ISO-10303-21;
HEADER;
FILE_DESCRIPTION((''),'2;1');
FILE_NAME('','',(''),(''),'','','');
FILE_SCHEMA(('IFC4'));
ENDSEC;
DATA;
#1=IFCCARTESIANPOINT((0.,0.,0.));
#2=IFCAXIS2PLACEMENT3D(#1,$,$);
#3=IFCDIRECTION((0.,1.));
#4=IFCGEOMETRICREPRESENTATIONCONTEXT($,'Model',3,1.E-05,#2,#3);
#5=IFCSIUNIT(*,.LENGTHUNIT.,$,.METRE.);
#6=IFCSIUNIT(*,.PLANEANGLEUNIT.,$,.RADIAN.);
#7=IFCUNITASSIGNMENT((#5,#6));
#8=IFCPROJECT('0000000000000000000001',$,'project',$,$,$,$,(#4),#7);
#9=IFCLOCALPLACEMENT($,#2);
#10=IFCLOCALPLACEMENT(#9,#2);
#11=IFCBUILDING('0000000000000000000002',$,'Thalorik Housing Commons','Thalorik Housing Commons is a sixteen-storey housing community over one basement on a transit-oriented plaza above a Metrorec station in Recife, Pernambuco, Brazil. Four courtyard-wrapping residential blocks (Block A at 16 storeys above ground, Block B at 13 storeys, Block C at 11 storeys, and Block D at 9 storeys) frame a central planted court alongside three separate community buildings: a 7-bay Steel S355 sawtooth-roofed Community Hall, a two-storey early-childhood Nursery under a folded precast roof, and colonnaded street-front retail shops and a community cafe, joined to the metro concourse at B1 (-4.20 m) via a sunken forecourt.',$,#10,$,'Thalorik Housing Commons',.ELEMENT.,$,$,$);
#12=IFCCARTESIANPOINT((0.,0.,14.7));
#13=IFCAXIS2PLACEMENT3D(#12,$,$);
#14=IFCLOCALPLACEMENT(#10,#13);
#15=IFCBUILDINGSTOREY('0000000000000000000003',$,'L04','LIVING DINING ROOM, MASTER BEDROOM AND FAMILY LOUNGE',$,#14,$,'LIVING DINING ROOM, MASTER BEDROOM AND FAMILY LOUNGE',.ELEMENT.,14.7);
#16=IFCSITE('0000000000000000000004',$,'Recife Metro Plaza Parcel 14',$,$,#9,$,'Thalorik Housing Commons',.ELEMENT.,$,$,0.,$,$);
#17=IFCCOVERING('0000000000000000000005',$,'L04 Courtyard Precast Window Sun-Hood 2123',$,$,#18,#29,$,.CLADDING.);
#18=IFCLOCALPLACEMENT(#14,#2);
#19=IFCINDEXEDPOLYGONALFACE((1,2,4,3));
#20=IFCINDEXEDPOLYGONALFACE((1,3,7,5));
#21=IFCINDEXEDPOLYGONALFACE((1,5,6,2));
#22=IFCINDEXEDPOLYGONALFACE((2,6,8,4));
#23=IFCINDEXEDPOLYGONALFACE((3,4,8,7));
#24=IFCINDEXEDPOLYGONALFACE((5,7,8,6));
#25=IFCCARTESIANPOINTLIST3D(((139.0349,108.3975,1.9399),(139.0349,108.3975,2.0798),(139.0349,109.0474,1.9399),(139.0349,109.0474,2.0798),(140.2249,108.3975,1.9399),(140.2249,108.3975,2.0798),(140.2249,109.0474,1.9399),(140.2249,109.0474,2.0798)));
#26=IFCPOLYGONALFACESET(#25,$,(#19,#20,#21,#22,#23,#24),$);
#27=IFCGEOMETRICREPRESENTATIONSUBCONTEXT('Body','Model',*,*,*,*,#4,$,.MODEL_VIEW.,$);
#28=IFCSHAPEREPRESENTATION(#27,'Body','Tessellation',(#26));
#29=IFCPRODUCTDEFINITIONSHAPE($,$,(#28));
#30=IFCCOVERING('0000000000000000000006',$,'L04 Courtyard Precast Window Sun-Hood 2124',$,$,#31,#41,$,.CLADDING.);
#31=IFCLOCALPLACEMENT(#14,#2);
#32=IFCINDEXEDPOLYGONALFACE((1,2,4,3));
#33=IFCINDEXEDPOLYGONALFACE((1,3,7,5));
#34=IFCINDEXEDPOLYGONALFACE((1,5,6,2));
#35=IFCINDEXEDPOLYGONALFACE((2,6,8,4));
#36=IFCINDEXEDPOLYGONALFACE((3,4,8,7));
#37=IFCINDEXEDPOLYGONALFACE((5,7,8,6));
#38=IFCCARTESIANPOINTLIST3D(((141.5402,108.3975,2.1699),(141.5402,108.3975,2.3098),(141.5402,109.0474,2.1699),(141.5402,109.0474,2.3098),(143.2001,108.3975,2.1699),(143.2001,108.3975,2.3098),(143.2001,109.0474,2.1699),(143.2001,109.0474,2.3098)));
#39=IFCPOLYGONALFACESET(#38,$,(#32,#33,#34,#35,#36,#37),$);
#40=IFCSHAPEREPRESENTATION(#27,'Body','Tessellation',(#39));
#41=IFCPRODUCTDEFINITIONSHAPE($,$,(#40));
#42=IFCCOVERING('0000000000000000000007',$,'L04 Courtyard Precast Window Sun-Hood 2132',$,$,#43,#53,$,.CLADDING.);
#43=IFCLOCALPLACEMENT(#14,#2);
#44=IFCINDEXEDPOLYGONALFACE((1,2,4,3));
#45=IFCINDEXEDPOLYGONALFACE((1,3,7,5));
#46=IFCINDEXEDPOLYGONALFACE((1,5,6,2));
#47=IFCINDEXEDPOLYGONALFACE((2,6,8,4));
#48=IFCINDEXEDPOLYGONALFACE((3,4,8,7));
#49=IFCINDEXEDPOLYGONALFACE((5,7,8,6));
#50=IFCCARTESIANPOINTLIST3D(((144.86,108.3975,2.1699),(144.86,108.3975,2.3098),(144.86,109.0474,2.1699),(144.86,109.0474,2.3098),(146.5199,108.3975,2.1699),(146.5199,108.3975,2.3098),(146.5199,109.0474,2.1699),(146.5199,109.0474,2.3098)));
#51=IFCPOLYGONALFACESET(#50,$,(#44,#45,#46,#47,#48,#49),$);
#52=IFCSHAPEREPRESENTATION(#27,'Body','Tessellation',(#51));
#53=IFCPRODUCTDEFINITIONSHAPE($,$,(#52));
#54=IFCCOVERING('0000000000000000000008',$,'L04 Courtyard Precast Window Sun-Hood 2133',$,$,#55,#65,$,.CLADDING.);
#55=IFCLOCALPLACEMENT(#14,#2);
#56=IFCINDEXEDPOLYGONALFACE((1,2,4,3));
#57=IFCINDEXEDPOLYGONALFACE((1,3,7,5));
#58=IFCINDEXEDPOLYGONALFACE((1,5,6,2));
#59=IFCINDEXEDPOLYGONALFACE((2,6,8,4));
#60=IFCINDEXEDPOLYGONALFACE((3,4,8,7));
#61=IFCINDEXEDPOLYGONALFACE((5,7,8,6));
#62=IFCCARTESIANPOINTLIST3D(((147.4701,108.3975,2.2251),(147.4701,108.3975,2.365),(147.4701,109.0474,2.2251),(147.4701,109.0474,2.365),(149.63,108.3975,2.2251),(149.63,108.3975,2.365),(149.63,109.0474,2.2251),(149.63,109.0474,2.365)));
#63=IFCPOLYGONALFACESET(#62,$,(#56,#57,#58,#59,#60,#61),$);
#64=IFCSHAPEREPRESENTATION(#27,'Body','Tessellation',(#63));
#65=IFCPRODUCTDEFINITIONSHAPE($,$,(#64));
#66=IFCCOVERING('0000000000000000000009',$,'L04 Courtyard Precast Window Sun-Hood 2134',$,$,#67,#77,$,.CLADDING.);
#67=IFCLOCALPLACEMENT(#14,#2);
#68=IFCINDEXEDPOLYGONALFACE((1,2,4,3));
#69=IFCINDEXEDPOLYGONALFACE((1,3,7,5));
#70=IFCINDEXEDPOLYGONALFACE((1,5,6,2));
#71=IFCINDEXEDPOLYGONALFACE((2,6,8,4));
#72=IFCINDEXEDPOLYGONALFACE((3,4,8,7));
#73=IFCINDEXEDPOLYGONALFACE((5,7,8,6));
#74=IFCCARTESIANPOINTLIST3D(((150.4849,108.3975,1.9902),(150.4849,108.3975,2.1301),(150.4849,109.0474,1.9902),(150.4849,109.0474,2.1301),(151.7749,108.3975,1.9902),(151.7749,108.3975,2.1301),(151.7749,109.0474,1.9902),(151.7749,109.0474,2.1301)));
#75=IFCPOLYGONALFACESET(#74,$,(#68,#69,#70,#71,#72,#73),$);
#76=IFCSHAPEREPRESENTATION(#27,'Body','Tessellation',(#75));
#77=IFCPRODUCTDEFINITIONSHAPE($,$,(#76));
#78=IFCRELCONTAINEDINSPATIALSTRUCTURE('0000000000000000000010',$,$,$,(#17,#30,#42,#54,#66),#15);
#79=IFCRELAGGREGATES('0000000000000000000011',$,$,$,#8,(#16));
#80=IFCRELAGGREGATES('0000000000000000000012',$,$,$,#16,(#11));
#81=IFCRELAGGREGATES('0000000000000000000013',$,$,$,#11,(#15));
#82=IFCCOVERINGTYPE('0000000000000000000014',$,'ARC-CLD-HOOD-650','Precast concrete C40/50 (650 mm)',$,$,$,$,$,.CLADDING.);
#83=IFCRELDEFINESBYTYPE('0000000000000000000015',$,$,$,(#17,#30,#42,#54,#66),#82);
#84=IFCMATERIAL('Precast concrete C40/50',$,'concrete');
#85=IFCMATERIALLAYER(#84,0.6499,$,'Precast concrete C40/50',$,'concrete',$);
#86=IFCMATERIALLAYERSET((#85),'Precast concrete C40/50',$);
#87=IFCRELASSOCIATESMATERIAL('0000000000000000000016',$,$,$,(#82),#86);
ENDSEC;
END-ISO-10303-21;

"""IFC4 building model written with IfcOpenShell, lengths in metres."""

from ifc_helpers import new_model, si_unit, direction, frame, origin, origin_2d, place, context, subcontext, project, spatial, rectangle, extrude, material, layer, layer_set, type_object, element, save


model = new_model("IFC4")

# Units and contexts
model_context = context("Model", 3, precision=1e-05, world=origin(), true_north=direction((0.0, 1.0)))
body_context = subcontext(model_context, "Body", "Model", "MODEL_VIEW")
ifc_project = project(units=[si_unit("LENGTHUNIT", "METRE"), si_unit("PLANEANGLEUNIT", "RADIAN")], contexts=[model_context])

# Site, building, storey
site_placement = place(None, origin())
site = spatial("IfcSite", under=ifc_project, at=site_placement, Name="Recife Metro Plaza Parcel 14", LongName="Thalorik Housing Commons", CompositionType="ELEMENT", RefElevation=0.0)
building_placement = place(site_placement, origin())
building = spatial("IfcBuilding", under=site, at=building_placement, Name="Thalorik Housing Commons", Description="Thalorik Housing Commons is a sixteen-storey housing community over one basement on a transit-oriented plaza above a Metrorec station in Recife, Pernambuco, Brazil. Four courtyard-wrapping residential blocks (Block A at 16 storeys above ground, Block B at 13 storeys, Block C at 11 storeys, and Block D at 9 storeys) frame a central planted court alongside three separate community buildings: a 7-bay Steel S355 sawtooth-roofed Community Hall, a two-storey early-childhood Nursery under a folded precast roof, and colonnaded street-front retail shops and a community cafe, joined to the metro concourse at B1 (-4.20 m) via a sunken forecourt.", LongName="Thalorik Housing Commons", CompositionType="ELEMENT")
storey_placement = place(building_placement, frame((0.0, 0.0, 14.7)))
storey = spatial("IfcBuildingStorey", under=building, at=storey_placement, Name="L04", Description="LIVING DINING ROOM, MASTER BEDROOM AND FAMILY LOUNGE", LongName="LIVING DINING ROOM, MASTER BEDROOM AND FAMILY LOUNGE", CompositionType="ELEMENT", Elevation=14.7)

# Shared definitions
ifc_material_1 = material(Name="Precast concrete C40/50", Category="concrete")

# Coverings
ifc_layer_1 = layer(ifc_material_1, 0.6499, Name="Precast concrete C40/50", Category="concrete")
ifc_layer_set_1 = layer_set([ifc_layer_1], Name="Precast concrete C40/50")
covering_type = type_object("IfcCoveringType", Name="ARC-CLD-HOOD-650", Description="Precast concrete C40/50 (650 mm)", PredefinedType="CLADDING", material=ifc_layer_set_1)
covering_1_placement = place(storey_placement, frame((139.6299, 108.7224, 1.9399), z_axis=(0.0, 0.0, 1.0), x_axis=(1.0, 0.0, 0.0)))
element("IfcCovering", 1, at=covering_1_placement, inside=storey, type_object=covering_type, Name="L04 Courtyard Precast Window Sun-Hood 2123", PredefinedType="CLADDING", context=body_context, shape_type="SweptSolid", body=[
    extrude(rectangle(XDim=1.1899, YDim=0.6499, at=origin_2d()), origin(), (0.0, 0.0, 1.0), 0.1399),
])
for number, where, z_axis, x_axis, name in (
    (2, (142.3701, 108.7224, 2.1699), (0.0, 0.0, 1.0), (1.0, 0.0, 0.0), "L04 Courtyard Precast Window Sun-Hood 2124"),
    (3, (145.6899, 108.7224, 2.1699), (0.0, 0.0, 1.0), (1.0, 0.0, 0.0), "L04 Courtyard Precast Window Sun-Hood 2132"),
):
    element("IfcCovering", number, at=place(storey_placement, frame(where, z_axis=z_axis, x_axis=x_axis)), inside=storey, type_object=covering_type, Name=name, PredefinedType="CLADDING", context=body_context, shape_type="SweptSolid", body=[
        extrude(rectangle(XDim=1.6599, YDim=0.6499, at=origin_2d()), origin(), (0.0, 0.0, 1.0), 0.1399),
    ])
covering_2_placement = place(storey_placement, frame((148.55, 108.7224, 2.2251), z_axis=(0.0, 0.0, 1.0), x_axis=(1.0, 0.0, 0.0)))
element("IfcCovering", 4, at=covering_2_placement, inside=storey, type_object=covering_type, Name="L04 Courtyard Precast Window Sun-Hood 2133", PredefinedType="CLADDING", context=body_context, shape_type="SweptSolid", body=[
    extrude(rectangle(XDim=2.1599, YDim=0.6499, at=origin_2d()), origin(), (0.0, 0.0, 1.0), 0.1399),
])
covering_3_placement = place(storey_placement, frame((151.1299, 108.7224, 1.9902), z_axis=(0.0, 0.0, 1.0), x_axis=(1.0, 0.0, 0.0)))
element("IfcCovering", 5, at=covering_3_placement, inside=storey, type_object=covering_type, Name="L04 Courtyard Precast Window Sun-Hood 2134", PredefinedType="CLADDING", context=body_context, shape_type="SweptSolid", body=[
    extrude(rectangle(XDim=1.29, YDim=0.6499, at=origin_2d()), origin(), (0.0, 0.0, 1.0), 0.1399),
])

save(model, "model.ifc")
